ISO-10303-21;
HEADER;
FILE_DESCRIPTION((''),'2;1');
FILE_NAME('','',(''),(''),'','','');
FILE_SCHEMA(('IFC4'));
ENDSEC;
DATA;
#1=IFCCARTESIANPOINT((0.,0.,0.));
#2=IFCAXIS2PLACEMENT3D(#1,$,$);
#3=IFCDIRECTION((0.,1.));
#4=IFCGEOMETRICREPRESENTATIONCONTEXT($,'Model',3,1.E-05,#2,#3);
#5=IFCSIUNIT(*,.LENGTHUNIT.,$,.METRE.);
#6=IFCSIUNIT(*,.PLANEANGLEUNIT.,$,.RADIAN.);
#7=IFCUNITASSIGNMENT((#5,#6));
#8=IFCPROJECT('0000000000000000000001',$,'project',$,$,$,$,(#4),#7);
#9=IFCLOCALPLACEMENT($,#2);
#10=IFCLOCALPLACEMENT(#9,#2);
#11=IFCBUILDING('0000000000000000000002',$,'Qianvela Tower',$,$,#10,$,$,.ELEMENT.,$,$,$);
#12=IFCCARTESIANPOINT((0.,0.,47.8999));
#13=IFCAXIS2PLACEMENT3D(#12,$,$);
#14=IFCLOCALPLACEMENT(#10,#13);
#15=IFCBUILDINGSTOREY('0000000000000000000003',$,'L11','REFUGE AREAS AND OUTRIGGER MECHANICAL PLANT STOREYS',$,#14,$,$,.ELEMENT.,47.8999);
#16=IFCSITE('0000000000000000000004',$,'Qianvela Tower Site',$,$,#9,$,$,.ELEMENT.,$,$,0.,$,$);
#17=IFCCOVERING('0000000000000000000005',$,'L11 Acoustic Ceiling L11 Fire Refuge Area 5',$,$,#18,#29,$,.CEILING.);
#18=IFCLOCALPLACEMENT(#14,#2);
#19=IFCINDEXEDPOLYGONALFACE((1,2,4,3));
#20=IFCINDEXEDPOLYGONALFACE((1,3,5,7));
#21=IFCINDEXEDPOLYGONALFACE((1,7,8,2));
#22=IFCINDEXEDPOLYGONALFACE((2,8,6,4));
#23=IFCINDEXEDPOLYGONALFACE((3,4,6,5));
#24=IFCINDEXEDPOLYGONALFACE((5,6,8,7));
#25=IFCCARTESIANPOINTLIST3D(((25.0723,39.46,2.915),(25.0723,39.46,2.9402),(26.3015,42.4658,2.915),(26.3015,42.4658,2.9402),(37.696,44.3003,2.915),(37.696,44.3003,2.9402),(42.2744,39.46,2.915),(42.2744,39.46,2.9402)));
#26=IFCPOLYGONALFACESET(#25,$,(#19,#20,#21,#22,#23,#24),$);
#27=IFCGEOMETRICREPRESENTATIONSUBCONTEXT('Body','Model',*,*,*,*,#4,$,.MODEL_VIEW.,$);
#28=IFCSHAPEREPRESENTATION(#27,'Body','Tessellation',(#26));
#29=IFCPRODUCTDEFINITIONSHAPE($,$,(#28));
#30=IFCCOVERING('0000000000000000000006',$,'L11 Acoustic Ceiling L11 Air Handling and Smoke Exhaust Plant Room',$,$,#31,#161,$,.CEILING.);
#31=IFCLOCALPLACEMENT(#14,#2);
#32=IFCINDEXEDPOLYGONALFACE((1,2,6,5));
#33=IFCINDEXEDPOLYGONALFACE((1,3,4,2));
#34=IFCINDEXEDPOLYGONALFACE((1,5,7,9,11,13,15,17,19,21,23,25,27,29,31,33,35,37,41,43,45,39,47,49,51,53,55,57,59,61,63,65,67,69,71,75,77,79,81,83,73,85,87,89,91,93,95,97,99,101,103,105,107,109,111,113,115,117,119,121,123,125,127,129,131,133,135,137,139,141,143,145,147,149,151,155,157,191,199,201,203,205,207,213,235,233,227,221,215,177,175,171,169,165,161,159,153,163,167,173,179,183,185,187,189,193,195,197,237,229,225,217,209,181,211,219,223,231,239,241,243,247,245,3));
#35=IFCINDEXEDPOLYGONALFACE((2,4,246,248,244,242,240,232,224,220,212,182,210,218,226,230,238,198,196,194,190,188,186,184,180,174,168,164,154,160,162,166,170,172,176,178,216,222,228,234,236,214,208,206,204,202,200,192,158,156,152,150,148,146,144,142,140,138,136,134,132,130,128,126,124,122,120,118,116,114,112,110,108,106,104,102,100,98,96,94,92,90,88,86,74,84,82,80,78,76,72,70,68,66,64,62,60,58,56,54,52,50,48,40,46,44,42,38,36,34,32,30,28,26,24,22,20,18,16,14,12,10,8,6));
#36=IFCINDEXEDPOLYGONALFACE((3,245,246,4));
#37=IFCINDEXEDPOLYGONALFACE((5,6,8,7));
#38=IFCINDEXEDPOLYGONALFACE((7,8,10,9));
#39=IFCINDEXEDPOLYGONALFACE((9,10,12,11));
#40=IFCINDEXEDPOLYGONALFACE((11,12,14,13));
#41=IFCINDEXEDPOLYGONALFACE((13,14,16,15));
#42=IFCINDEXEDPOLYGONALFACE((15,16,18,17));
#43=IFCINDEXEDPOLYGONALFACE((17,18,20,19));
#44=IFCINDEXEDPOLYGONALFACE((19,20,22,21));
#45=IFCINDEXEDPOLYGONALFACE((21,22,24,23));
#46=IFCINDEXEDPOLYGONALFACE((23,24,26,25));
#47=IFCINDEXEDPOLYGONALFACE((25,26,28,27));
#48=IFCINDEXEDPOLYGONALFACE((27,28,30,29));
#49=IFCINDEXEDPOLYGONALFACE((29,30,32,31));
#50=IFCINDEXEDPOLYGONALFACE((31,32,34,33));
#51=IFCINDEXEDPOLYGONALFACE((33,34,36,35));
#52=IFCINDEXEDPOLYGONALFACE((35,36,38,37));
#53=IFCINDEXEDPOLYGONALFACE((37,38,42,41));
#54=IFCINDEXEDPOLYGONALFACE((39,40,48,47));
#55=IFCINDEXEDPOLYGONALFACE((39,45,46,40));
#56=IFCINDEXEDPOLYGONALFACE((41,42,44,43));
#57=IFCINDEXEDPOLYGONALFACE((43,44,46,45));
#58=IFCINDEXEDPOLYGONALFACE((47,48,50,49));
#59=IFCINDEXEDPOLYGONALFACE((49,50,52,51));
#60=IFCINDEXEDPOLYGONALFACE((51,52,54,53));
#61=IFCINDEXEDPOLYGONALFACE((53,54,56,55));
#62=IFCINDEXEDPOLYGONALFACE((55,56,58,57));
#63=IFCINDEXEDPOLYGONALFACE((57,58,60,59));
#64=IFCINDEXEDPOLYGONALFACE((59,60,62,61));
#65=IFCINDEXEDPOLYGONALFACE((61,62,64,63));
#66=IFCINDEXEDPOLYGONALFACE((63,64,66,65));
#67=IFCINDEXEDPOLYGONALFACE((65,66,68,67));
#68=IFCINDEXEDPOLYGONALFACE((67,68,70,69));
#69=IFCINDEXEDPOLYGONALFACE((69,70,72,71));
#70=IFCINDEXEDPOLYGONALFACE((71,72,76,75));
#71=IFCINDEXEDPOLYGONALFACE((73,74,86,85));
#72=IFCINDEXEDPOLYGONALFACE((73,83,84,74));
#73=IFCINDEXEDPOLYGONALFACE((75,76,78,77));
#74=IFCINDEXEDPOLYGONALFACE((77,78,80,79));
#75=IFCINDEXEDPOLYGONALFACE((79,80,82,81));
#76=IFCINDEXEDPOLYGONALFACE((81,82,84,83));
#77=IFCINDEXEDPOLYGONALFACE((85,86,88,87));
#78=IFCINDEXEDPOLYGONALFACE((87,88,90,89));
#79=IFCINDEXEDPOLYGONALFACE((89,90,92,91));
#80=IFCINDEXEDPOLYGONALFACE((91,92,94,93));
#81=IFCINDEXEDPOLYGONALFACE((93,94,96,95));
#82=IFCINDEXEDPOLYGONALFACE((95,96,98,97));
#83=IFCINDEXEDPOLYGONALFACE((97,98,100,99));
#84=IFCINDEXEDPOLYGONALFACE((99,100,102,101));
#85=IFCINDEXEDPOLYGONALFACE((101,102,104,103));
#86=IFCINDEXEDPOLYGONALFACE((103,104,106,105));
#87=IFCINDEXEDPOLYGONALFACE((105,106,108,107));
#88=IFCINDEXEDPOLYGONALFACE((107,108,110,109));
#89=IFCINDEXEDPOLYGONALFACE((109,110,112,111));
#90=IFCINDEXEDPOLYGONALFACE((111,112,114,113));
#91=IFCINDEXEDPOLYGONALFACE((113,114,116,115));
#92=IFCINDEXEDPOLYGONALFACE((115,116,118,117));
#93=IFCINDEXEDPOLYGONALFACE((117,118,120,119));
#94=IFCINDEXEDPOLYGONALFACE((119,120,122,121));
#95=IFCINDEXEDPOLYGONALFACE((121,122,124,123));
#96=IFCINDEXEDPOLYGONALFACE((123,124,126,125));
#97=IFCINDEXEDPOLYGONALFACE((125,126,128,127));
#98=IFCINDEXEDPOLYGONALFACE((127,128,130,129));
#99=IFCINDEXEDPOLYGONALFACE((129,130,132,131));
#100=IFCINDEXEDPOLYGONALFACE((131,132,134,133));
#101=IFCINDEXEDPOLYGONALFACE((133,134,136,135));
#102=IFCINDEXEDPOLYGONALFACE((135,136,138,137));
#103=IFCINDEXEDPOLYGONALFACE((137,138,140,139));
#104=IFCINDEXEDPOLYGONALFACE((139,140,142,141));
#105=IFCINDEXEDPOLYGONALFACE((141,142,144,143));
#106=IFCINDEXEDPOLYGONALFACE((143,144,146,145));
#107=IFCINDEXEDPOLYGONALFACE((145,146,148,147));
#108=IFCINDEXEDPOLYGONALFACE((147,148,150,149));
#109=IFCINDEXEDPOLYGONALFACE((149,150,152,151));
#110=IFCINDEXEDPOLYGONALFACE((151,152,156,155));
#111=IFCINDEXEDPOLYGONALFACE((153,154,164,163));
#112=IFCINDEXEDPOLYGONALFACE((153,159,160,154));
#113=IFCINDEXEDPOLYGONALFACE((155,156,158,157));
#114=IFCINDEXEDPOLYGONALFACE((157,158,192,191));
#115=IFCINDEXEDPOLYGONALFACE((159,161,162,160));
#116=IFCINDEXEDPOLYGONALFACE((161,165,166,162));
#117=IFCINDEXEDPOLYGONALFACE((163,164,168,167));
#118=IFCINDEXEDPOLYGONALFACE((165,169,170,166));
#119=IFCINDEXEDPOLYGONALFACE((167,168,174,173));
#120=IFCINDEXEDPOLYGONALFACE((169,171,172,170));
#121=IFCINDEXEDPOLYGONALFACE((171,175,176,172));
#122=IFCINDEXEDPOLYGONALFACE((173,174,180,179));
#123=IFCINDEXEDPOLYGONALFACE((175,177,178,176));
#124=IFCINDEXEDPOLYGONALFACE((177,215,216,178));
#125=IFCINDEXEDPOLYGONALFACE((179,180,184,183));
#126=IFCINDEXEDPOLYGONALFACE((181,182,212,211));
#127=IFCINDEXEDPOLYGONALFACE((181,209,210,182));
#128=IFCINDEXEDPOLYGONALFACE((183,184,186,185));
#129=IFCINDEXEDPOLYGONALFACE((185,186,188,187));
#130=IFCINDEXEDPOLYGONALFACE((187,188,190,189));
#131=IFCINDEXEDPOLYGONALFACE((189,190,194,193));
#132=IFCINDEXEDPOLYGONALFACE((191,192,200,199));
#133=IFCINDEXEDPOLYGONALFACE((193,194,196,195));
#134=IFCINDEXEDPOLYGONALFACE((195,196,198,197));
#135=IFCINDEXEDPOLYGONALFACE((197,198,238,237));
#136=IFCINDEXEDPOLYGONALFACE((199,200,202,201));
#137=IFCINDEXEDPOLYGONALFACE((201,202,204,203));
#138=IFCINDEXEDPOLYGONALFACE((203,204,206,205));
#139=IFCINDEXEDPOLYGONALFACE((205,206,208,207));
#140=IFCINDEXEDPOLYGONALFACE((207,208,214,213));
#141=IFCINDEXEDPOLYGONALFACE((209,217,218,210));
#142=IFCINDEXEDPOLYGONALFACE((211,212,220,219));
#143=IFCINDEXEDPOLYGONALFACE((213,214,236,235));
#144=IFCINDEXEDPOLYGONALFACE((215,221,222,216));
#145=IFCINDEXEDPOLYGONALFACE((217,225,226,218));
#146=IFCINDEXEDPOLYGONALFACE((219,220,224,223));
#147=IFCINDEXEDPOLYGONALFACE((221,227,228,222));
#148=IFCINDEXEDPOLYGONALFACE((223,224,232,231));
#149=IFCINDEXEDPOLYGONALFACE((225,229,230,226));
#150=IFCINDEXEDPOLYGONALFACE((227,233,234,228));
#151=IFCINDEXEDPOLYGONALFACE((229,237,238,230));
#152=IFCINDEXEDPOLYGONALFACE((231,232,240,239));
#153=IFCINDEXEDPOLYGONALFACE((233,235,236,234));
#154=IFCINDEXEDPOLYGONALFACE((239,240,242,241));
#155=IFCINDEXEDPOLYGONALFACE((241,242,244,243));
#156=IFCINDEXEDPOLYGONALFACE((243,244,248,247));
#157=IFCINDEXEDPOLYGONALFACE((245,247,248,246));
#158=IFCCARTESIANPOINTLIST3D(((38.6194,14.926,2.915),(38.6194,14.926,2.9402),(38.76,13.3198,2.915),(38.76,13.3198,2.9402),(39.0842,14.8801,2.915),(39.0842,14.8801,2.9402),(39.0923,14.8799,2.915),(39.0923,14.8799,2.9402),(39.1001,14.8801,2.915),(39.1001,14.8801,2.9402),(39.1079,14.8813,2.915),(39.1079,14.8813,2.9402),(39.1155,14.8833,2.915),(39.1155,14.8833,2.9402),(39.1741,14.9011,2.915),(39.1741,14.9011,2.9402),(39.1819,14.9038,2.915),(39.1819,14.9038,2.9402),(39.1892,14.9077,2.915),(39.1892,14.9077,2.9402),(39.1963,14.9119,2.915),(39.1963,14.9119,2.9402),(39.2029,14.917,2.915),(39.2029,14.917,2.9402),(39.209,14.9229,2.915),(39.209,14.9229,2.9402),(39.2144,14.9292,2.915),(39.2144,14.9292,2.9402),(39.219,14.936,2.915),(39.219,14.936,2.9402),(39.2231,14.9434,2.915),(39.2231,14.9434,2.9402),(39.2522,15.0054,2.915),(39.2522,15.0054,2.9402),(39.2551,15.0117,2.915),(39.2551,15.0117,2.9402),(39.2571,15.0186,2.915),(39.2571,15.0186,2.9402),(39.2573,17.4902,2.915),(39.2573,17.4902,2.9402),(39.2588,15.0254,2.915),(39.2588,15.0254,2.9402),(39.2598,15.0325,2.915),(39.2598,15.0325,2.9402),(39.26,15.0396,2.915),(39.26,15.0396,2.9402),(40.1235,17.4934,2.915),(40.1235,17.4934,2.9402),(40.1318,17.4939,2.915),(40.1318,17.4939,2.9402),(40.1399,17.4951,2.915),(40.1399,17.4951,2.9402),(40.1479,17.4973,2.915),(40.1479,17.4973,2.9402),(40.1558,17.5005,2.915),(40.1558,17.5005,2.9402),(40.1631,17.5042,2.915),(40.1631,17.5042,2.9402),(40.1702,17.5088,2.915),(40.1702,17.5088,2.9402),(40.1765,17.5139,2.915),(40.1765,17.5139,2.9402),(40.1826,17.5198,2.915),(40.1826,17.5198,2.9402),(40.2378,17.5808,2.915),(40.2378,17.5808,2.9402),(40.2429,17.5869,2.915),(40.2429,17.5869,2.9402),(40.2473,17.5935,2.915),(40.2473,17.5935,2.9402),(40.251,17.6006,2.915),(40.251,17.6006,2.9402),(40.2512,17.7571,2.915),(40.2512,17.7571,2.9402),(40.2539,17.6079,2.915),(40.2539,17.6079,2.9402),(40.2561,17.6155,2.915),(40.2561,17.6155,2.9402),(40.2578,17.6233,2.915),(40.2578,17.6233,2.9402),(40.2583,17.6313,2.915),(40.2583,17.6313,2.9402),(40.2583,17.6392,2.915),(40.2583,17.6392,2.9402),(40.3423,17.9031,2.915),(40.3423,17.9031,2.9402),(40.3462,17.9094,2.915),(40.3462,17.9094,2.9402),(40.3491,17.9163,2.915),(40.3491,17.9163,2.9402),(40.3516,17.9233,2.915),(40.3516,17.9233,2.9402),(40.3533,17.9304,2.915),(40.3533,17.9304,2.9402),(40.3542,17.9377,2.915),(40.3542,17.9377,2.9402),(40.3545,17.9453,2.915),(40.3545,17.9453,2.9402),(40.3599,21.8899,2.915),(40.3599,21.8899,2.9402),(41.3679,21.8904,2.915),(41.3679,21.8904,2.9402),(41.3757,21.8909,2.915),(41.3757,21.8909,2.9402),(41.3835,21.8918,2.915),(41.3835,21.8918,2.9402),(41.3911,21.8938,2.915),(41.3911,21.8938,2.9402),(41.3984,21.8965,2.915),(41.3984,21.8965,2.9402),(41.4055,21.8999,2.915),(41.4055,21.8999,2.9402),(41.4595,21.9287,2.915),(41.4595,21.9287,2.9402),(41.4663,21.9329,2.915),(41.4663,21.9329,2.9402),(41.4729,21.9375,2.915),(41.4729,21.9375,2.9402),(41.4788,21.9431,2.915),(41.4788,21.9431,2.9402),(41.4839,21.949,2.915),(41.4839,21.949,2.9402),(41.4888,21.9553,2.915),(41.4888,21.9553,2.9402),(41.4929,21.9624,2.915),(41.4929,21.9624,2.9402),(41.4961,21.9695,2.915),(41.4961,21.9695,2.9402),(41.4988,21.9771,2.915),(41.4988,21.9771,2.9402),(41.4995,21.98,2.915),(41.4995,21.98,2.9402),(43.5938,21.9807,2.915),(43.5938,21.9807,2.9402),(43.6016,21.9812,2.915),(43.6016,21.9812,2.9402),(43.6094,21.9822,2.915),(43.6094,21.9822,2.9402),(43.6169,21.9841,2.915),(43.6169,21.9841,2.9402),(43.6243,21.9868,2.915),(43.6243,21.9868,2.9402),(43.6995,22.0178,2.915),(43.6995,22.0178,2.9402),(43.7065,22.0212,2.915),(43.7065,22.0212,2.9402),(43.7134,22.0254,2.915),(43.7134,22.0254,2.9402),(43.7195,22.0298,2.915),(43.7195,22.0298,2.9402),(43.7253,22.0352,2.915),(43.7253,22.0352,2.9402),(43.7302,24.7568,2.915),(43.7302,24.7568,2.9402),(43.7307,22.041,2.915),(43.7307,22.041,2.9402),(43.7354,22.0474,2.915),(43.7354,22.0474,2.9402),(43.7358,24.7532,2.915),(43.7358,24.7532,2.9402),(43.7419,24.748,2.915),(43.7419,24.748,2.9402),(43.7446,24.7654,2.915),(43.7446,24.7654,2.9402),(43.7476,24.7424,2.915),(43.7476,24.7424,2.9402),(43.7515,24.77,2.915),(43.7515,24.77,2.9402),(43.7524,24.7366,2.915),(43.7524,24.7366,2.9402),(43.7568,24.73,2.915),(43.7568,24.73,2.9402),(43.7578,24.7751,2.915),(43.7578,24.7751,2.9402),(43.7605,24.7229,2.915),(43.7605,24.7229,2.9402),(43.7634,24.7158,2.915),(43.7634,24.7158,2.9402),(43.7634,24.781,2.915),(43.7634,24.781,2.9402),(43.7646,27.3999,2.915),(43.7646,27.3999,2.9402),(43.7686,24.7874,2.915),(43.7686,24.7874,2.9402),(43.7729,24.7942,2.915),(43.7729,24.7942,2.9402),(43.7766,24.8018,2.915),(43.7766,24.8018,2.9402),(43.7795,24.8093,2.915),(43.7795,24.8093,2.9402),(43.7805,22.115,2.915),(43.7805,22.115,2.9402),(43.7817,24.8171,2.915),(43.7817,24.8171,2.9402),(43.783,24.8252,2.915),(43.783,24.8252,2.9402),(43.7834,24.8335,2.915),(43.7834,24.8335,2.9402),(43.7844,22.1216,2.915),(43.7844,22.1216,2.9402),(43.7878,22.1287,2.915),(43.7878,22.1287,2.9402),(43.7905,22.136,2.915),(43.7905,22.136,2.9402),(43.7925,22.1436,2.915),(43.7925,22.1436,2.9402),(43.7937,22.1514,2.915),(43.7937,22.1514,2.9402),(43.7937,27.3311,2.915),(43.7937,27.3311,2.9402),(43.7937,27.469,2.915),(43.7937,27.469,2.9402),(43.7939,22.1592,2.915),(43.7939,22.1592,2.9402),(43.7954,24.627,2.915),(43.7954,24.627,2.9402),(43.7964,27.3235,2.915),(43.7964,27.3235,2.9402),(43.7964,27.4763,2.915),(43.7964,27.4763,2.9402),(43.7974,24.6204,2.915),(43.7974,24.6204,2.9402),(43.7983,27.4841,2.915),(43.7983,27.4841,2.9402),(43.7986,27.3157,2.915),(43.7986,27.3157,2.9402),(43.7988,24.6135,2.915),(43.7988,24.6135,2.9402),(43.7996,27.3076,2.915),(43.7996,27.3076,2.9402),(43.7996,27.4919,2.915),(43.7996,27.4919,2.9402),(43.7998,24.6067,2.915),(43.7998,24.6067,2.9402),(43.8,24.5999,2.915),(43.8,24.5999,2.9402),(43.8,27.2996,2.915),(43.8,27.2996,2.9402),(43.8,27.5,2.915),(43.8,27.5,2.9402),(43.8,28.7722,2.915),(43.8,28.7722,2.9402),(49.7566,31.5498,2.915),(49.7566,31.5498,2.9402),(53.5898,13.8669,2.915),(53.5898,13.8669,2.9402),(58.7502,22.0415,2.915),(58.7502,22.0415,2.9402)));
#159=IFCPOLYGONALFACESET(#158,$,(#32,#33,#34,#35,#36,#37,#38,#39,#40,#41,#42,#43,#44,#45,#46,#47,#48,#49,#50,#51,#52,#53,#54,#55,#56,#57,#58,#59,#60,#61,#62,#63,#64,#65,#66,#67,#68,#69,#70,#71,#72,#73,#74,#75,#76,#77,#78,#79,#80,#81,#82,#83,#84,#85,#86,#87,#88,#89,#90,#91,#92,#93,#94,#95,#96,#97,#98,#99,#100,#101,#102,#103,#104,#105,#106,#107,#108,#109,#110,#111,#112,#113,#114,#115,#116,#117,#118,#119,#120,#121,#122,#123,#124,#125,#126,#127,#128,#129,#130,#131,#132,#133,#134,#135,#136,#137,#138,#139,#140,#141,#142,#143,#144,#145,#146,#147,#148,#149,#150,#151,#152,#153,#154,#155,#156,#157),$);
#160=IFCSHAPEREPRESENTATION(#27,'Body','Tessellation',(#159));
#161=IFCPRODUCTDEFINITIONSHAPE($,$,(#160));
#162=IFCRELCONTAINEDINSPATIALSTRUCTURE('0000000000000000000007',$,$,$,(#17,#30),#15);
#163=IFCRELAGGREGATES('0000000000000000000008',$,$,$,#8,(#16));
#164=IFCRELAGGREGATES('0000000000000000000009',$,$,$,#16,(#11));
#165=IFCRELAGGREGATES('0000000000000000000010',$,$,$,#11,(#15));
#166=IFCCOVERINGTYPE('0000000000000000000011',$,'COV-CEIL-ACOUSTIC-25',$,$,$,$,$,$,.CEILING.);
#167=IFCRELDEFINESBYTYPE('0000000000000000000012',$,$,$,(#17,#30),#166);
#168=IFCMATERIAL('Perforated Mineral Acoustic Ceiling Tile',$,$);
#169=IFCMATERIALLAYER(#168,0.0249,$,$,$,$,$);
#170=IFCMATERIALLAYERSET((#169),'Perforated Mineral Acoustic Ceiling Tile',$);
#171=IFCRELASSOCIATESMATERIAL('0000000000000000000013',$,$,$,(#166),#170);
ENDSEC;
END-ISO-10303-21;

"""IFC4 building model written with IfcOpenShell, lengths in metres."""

from ifc_helpers import new_model, si_unit, direction, frame, origin, place, context, subcontext, project, spatial, polyline, outline, extrude, material, layer, layer_set, type_object, element, save


model = new_model("IFC4")

# Units and contexts
model_context = context("Model", 3, precision=1e-05, world=origin(), true_north=direction((0.0, 1.0)))
body_context = subcontext(model_context, "Body", "Model", "MODEL_VIEW")
ifc_project = project(units=[si_unit("LENGTHUNIT", "METRE"), si_unit("PLANEANGLEUNIT", "RADIAN")], contexts=[model_context])

# Site, building, storey
site_placement = place(None, origin())
site = spatial("IfcSite", under=ifc_project, at=site_placement, Name="Qianvela Tower Site", CompositionType="ELEMENT", RefElevation=0.0)
building_placement = place(site_placement, origin())
building = spatial("IfcBuilding", under=site, at=building_placement, Name="Qianvela Tower", CompositionType="ELEMENT")
storey_placement = place(building_placement, frame((0.0, 0.0, 47.8999)))
storey = spatial("IfcBuildingStorey", under=building, at=storey_placement, Name="L11", Description="REFUGE AREAS AND OUTRIGGER MECHANICAL PLANT STOREYS", CompositionType="ELEMENT", Elevation=47.8999)

# Coverings
ifc_material_1 = material(Name="Perforated Mineral Acoustic Ceiling Tile")
ifc_layer_1 = layer(ifc_material_1, 0.0249)
ifc_layer_set_1 = layer_set([ifc_layer_1], Name="Perforated Mineral Acoustic Ceiling Tile")
covering_type_1 = type_object("IfcCoveringType", Name="COV-CEIL-ACOUSTIC-25", PredefinedType="CEILING", material=ifc_layer_set_1)
covering_1_placement = place(storey_placement, frame((0.0, 0.0, 2.915)))
element("IfcCovering", 1, at=covering_1_placement, inside=storey, type_object=covering_type_1, Name="L11 Acoustic Ceiling L11 Fire Refuge Area 5", PredefinedType="CEILING", context=body_context, shape_type="SweptSolid", body=[
    extrude(outline(polyline([(42.2744, 39.46), (25.0723, 39.46), (26.3015, 42.4658), (37.696, 44.3003), (42.2744, 39.46)])), origin(), (0.0, 0.0, 1.0), 0.0251),
])
covering_2_placement = place(storey_placement, frame((0.0, 0.0, 2.915)))
element("IfcCovering", 2, at=covering_2_placement, inside=storey, type_object=covering_type_1, Name="L11 Acoustic Ceiling L11 Air Handling and Smoke Exhaust Plant Room", PredefinedType="CEILING", context=body_context, shape_type="SweptSolid", body=[
    extrude(outline(polyline([(39.1741, 14.9011), (39.1819, 14.9038), (39.1892, 14.9077), (39.1963, 14.9119), (39.2029, 14.917), (39.209, 14.9229), (39.2144, 14.9292), (39.219, 14.936), (39.2231, 14.9434), (39.2522, 15.0054), (39.2551, 15.0117), (39.2571, 15.0186), (39.2588, 15.0254), (39.2598, 15.0325), (39.26, 15.0396), (39.2573, 17.4902), (40.1235, 17.4934), (40.1318, 17.4939), (40.1399, 17.4951), (40.1479, 17.4973), (40.1558, 17.5005), (40.1631, 17.5042), (40.1702, 17.5088), (40.1765, 17.5139), (40.1826, 17.5198), (40.2378, 17.5808), (40.2429, 17.5869), (40.2473, 17.5935), (40.251, 17.6006), (40.2539, 17.6079), (40.2561, 17.6155), (40.2578, 17.6233), (40.2583, 17.6313), (40.2583, 17.6392), (40.2512, 17.7571), (40.3423, 17.9031), (40.3462, 17.9094), (40.3491, 17.9163), (40.3516, 17.9233), (40.3533, 17.9304), (40.3542, 17.9377), (40.3545, 17.9453), (40.3599, 21.8899), (41.3679, 21.8904), (41.3757, 21.8909), (41.3835, 21.8918), (41.3911, 21.8938), (41.3984, 21.8965), (41.4055, 21.8999), (41.4595, 21.9287), (41.4663, 21.9329), (41.4729, 21.9375), (41.4788, 21.9431), (41.4839, 21.949), (41.4888, 21.9553), (41.4929, 21.9624), (41.4961, 21.9695), (41.4988, 21.9771), (41.4995, 21.98), (43.5938, 21.9807), (43.6016, 21.9812), (43.6094, 21.9822), (43.6169, 21.9841), (43.6243, 21.9868), (43.6995, 22.0178), (43.7065, 22.0212), (43.7134, 22.0254), (43.7195, 22.0298), (43.7253, 22.0352), (43.7307, 22.041), (43.7354, 22.0474), (43.7805, 22.115), (43.7844, 22.1216), (43.7878, 22.1287), (43.7905, 22.136), (43.7925, 22.1436), (43.7937, 22.1514), (43.7939, 22.1592), (43.8, 24.5999), (43.7998, 24.6067), (43.7988, 24.6135), (43.7974, 24.6204), (43.7954, 24.627), (43.7634, 24.7158), (43.7605, 24.7229), (43.7568, 24.73), (43.7524, 24.7366), (43.7476, 24.7424), (43.7419, 24.748), (43.7358, 24.7532), (43.7302, 24.7568), (43.7446, 24.7654), (43.7515, 24.77), (43.7578, 24.7751), (43.7634, 24.781), (43.7686, 24.7874), (43.7729, 24.7942), (43.7766, 24.8018), (43.7795, 24.8093), (43.7817, 24.8171), (43.783, 24.8252), (43.7834, 24.8335), (43.8, 27.2996), (43.7996, 27.3076), (43.7986, 27.3157), (43.7964, 27.3235), (43.7937, 27.3311), (43.7646, 27.3999), (43.7937, 27.469), (43.7964, 27.4763), (43.7983, 27.4841), (43.7996, 27.4919), (43.8, 27.5), (43.8, 28.7722), (49.7566, 31.5498), (58.7502, 22.0415), (53.5898, 13.8669), (38.76, 13.3198), (38.6194, 14.926), (39.0842, 14.8801), (39.0923, 14.8799), (39.1001, 14.8801), (39.1079, 14.8813), (39.1155, 14.8833), (39.1741, 14.9011)])), origin(), (0.0, 0.0, 1.0), 0.0251),
])

save(model, "model.ifc")
